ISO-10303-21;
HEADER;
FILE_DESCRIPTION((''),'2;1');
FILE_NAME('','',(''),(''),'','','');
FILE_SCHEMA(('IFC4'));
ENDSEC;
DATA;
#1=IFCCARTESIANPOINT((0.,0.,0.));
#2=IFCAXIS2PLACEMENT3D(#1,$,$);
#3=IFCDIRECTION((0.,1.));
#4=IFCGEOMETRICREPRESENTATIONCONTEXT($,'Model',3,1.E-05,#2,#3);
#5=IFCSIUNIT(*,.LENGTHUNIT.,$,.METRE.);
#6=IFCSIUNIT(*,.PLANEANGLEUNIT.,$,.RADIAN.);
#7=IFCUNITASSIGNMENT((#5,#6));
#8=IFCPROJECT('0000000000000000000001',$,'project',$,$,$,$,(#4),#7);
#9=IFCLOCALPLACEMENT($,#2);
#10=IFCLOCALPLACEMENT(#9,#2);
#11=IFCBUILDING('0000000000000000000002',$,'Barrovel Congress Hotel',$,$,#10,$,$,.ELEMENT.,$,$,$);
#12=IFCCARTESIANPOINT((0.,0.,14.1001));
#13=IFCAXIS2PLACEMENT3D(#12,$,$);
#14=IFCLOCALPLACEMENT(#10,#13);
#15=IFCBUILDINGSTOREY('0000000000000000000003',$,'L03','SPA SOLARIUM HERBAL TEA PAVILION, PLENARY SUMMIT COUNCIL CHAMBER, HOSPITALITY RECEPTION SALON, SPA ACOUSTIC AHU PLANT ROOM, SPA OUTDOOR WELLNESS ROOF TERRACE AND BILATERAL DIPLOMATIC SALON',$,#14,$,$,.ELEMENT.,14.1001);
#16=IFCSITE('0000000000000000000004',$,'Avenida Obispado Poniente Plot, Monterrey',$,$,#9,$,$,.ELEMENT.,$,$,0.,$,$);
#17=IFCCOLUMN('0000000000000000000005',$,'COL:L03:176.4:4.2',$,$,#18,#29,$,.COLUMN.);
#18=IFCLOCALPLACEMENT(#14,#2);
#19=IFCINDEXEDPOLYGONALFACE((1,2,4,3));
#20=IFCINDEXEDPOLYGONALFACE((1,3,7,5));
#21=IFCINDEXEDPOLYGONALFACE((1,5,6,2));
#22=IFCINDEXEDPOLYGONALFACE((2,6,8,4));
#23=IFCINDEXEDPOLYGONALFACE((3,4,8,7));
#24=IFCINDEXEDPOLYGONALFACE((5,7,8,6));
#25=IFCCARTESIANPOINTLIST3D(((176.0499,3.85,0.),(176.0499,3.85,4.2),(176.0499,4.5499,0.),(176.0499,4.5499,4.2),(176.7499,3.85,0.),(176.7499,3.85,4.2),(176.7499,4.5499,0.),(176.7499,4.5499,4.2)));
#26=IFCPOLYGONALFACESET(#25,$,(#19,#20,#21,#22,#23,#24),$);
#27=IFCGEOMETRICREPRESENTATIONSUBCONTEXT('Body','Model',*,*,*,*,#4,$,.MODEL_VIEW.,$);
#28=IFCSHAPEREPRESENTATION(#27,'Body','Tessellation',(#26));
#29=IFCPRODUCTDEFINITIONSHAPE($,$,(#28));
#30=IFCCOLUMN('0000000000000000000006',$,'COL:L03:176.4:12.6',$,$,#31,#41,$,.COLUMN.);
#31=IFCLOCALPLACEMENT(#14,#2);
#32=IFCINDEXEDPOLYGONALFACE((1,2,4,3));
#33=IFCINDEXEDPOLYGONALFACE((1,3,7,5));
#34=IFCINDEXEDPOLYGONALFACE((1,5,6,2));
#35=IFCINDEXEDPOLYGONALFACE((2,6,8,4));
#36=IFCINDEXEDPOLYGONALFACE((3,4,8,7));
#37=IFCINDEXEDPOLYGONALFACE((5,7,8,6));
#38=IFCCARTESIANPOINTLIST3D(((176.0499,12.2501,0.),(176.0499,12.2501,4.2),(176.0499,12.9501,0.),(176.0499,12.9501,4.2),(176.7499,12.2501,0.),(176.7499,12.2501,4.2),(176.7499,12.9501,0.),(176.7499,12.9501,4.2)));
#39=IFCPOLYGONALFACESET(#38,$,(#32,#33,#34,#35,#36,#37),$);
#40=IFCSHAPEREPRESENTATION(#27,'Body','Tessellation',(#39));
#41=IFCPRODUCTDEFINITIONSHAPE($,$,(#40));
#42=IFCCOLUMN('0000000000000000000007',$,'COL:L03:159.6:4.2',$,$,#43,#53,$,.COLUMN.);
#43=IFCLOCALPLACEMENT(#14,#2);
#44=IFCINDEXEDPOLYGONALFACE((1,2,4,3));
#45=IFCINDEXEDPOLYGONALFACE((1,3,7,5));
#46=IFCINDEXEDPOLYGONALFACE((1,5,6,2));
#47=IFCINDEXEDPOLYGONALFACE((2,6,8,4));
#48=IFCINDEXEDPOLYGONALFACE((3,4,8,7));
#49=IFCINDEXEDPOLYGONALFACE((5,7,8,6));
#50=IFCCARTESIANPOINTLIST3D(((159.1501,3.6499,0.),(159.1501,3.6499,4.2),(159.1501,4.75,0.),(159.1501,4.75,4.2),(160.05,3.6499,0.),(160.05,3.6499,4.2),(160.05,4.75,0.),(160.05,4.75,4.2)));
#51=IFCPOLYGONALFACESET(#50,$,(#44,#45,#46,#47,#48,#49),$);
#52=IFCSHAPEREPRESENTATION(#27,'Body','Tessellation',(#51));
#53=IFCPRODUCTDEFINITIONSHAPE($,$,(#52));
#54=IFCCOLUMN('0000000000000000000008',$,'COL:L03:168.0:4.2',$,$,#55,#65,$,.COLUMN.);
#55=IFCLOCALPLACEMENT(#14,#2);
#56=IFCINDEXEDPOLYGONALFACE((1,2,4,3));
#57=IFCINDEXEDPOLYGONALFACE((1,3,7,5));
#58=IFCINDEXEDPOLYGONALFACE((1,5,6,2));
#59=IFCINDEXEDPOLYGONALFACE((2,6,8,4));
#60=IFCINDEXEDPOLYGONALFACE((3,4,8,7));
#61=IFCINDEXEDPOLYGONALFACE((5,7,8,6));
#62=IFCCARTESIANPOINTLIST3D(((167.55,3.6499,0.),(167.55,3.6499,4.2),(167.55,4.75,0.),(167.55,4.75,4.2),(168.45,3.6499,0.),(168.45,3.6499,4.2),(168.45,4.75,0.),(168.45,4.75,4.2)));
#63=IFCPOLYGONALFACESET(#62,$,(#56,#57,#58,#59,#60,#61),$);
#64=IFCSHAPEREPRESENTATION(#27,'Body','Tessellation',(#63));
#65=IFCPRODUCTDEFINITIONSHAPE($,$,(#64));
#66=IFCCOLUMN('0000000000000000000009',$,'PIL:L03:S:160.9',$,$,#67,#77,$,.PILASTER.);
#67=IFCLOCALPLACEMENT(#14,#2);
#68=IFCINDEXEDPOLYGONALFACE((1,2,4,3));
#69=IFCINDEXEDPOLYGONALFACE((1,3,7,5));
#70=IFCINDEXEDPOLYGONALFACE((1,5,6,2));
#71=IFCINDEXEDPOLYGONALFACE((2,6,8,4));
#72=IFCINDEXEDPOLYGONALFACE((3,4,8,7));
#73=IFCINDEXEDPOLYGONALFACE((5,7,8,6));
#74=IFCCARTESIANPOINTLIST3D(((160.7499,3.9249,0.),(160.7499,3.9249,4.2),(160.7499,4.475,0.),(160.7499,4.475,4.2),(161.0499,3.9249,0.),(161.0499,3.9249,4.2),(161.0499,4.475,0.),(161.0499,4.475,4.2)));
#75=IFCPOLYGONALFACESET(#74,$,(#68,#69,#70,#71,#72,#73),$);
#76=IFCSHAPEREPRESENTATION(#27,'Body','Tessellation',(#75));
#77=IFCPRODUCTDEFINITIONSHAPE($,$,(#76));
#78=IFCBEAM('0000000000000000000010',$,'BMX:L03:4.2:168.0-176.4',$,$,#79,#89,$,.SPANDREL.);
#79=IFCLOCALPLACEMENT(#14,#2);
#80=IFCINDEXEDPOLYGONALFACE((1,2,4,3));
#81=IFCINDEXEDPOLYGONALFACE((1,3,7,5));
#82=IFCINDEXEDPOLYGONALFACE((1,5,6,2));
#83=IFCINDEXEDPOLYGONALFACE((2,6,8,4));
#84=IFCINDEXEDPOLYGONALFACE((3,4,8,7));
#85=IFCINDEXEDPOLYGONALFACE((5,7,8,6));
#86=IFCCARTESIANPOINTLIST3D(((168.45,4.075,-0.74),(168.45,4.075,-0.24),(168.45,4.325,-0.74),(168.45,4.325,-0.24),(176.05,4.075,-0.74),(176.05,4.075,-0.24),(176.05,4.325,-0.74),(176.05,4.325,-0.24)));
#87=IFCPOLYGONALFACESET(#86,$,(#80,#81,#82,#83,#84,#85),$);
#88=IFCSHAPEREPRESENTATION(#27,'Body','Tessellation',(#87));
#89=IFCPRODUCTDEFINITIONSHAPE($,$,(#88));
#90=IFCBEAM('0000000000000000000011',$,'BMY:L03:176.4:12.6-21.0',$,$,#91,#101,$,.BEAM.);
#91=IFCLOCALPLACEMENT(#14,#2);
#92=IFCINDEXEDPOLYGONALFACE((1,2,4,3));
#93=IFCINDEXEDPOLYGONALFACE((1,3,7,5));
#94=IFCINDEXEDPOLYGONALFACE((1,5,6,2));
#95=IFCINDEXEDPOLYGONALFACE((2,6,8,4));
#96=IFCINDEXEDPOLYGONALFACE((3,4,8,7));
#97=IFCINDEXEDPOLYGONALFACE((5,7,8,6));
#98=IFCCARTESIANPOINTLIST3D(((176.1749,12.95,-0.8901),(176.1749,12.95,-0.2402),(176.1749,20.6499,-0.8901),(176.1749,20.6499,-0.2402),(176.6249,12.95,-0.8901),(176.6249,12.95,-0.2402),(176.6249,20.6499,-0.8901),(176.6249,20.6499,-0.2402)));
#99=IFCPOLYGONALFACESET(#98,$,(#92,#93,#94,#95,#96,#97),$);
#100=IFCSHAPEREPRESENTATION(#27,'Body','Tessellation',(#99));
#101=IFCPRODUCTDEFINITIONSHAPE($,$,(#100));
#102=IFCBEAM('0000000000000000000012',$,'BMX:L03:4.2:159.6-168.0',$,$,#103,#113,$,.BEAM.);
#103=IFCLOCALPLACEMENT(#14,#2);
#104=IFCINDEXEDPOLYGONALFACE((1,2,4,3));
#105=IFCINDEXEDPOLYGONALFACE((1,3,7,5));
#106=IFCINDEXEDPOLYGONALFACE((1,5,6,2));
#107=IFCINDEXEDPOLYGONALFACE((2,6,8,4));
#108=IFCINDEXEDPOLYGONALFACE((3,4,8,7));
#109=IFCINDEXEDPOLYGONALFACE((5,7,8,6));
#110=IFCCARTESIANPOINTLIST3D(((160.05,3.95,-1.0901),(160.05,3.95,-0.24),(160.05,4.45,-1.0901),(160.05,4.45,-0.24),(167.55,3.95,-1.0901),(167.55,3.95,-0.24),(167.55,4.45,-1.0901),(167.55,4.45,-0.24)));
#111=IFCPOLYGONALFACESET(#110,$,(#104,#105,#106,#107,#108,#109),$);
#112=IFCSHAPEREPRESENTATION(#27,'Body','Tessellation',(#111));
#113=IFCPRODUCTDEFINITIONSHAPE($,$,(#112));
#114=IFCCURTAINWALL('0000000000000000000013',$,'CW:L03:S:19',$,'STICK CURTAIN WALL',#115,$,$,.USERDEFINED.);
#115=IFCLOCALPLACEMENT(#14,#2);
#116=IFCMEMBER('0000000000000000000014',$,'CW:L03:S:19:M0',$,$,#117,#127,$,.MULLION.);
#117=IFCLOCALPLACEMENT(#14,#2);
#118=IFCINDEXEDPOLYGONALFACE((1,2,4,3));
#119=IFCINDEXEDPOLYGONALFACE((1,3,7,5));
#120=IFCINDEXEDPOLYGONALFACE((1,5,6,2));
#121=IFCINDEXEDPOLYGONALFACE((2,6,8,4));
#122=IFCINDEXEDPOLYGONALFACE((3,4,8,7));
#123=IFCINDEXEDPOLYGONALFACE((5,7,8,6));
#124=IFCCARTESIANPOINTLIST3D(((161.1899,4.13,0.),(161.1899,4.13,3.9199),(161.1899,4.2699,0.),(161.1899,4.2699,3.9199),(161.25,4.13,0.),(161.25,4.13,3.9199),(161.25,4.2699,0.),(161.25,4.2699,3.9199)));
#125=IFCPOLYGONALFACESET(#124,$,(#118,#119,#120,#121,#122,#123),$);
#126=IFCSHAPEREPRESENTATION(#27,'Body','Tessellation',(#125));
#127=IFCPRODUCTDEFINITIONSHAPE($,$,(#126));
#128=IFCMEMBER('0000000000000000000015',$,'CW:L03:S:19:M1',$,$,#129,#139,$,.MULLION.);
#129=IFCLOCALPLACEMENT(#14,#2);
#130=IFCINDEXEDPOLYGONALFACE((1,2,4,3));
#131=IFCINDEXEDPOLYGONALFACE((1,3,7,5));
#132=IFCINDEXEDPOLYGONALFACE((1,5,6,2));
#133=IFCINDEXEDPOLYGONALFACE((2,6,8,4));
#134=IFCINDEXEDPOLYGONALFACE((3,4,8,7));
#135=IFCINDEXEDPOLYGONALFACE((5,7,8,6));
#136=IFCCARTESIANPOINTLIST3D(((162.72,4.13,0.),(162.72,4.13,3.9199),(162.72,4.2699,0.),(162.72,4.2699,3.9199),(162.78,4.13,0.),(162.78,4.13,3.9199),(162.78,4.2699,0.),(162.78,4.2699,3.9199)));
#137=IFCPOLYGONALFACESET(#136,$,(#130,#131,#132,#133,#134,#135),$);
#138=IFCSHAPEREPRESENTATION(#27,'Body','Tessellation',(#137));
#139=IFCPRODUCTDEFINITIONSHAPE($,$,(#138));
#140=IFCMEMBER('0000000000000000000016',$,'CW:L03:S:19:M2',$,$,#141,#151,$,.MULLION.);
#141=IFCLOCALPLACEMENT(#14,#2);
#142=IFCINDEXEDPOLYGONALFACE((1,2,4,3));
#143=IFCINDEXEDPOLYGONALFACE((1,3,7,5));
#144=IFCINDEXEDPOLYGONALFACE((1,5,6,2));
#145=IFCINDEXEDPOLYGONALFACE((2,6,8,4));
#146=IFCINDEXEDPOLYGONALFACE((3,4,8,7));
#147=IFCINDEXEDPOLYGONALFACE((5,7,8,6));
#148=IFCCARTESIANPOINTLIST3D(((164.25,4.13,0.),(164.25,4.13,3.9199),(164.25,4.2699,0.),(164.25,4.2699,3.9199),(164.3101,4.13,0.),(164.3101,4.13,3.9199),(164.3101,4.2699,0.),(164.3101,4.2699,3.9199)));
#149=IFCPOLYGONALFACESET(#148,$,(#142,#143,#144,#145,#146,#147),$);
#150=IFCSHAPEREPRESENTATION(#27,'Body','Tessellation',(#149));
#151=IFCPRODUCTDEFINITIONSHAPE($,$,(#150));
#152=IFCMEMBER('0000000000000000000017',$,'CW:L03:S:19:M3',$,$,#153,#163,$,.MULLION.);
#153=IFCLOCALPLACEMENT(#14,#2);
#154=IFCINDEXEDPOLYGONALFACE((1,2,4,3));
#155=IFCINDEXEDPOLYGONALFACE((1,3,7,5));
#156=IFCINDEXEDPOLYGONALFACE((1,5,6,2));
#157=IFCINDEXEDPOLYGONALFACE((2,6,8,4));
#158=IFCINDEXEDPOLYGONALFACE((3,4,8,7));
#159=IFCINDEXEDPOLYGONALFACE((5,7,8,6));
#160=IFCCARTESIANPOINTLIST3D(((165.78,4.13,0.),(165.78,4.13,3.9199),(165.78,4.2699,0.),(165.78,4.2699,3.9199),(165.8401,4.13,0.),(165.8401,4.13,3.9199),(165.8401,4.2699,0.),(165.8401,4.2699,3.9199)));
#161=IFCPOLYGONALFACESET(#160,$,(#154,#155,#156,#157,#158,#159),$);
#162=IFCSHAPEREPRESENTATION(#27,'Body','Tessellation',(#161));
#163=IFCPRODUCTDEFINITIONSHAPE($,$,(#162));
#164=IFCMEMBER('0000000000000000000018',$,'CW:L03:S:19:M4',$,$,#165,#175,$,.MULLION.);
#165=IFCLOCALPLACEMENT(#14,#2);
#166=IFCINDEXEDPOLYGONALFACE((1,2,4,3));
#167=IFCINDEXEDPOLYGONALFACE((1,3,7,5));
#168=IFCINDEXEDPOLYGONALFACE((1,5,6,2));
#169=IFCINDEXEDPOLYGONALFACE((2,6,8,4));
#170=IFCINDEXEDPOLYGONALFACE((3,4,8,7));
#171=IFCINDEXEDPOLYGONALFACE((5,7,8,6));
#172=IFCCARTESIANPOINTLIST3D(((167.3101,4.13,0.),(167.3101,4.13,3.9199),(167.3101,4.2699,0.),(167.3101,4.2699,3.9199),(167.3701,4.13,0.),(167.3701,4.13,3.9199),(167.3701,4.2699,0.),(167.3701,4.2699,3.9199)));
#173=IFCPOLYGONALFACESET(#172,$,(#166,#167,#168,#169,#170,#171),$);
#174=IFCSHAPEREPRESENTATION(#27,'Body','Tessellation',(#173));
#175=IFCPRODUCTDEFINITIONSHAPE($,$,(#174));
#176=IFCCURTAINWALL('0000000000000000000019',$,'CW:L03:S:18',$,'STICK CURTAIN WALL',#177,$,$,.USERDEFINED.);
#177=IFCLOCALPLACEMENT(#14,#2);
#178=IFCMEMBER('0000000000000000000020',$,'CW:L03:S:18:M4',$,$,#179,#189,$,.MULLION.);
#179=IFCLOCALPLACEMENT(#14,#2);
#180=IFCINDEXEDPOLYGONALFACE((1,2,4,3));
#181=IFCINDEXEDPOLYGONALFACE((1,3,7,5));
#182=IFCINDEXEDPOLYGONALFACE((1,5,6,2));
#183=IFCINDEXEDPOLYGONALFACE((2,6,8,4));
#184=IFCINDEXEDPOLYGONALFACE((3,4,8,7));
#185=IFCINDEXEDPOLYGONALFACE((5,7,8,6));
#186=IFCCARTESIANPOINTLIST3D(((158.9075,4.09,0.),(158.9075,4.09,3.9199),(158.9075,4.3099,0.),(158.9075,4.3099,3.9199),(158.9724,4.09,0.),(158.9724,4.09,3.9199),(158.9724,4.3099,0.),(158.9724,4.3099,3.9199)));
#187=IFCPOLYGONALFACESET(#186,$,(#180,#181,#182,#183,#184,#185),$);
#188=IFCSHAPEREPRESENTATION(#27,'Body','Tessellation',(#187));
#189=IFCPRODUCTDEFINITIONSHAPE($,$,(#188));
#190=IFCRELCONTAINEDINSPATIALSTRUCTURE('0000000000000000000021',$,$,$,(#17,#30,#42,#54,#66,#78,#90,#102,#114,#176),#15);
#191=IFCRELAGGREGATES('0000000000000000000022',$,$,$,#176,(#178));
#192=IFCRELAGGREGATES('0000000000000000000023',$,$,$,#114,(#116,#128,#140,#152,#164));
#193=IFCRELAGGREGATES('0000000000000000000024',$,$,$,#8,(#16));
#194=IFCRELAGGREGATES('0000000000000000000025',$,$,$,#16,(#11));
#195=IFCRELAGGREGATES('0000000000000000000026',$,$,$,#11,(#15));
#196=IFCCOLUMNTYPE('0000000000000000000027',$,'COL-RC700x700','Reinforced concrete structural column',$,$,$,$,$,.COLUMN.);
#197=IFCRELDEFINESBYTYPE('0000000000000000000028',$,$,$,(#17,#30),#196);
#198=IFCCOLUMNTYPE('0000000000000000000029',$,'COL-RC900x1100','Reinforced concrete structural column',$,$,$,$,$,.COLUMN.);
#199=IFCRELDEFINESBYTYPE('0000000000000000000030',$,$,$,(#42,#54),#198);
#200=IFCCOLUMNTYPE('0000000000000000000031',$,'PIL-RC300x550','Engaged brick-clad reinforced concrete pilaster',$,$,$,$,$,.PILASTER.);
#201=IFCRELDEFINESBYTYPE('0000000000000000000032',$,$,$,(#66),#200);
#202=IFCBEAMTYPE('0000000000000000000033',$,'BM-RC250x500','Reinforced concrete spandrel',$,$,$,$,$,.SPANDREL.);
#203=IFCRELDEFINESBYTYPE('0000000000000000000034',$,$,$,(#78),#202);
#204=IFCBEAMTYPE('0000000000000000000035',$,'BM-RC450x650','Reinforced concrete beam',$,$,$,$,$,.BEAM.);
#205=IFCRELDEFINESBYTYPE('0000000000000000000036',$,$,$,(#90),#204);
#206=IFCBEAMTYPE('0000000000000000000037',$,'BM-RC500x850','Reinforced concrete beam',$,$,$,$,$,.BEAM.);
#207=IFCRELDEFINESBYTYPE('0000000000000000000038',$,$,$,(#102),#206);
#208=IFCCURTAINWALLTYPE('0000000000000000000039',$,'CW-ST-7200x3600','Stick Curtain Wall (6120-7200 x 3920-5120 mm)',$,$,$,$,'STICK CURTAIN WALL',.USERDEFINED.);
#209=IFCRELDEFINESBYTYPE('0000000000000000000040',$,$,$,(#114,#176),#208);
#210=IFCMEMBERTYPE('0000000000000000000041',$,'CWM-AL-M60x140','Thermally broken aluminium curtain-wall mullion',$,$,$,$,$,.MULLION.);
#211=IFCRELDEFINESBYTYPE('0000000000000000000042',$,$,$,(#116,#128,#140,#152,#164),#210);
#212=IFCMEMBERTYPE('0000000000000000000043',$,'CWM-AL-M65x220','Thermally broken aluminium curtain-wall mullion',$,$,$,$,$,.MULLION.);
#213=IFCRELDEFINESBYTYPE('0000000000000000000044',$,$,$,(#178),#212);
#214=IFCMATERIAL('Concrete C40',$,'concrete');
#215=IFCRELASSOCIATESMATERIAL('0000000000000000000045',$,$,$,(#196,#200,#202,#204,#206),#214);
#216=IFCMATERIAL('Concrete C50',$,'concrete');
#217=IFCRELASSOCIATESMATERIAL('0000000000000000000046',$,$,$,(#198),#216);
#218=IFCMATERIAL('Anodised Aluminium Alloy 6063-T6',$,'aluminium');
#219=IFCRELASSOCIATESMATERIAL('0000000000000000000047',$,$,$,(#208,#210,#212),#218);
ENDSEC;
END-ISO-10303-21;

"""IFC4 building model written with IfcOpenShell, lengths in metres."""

from ifc_helpers import new_model, si_unit, direction, frame, origin, origin_2d, place, context, subcontext, project, spatial, rectangle, extrude, material, material_profile, profile_set, type_object, element, aggregate, save


model = new_model("IFC4")

# Units and contexts
model_context = context("Model", 3, precision=1e-05, world=origin(), true_north=direction((0.0, 1.0)))
body_context = subcontext(model_context, "Body", "Model", "MODEL_VIEW")
ifc_project = project(units=[si_unit("LENGTHUNIT", "METRE"), si_unit("PLANEANGLEUNIT", "RADIAN")], contexts=[model_context])

# Site, building, storey
site_placement = place(None, origin())
site = spatial("IfcSite", under=ifc_project, at=site_placement, Name="Avenida Obispado Poniente Plot, Monterrey", CompositionType="ELEMENT", RefElevation=0.0)
building_placement = place(site_placement, origin())
building = spatial("IfcBuilding", under=site, at=building_placement, Name="Barrovel Congress Hotel", CompositionType="ELEMENT")
storey_placement = place(building_placement, frame((0.0, 0.0, 14.1001)))
storey = spatial("IfcBuildingStorey", under=building, at=storey_placement, Name="L03", Description="SPA SOLARIUM HERBAL TEA PAVILION, PLENARY SUMMIT COUNCIL CHAMBER, HOSPITALITY RECEPTION SALON, SPA ACOUSTIC AHU PLANT ROOM, SPA OUTDOOR WELLNESS ROOF TERRACE AND BILATERAL DIPLOMATIC SALON", CompositionType="ELEMENT", Elevation=14.1001)

# Columns
ifc_material_1 = material(Name="Concrete C40", Category="concrete")
ifc_material_profile_1 = material_profile(ifc_material_1, rectangle(XDim=0.7, YDim=0.7, at=origin_2d()), Name="RC700x700")
ifc_profile_set_1 = profile_set([ifc_material_profile_1], Name="Concrete C40")
column_type_1 = type_object("IfcColumnType", Name="COL-RC700x700", Description="Reinforced concrete structural column", PredefinedType="COLUMN", material=ifc_profile_set_1)
for number, where, z_axis, x_axis, name in (
    (1, (176.3999, 4.2, 0.0), (0.0, 0.0, 1.0), (1.0, 0.0, 0.0), "COL:L03:176.4:4.2"),
    (2, (176.3999, 12.6001, 0.0), (0.0, 0.0, 1.0), (1.0, 0.0, 0.0), "COL:L03:176.4:12.6"),
):
    element("IfcColumn", number, at=place(storey_placement, frame(where, z_axis=z_axis, x_axis=x_axis)), inside=storey, type_object=column_type_1, Name=name, PredefinedType="COLUMN", context=body_context, shape_type="SweptSolid", body=[
        extrude(rectangle(XDim=0.7, YDim=0.7, at=origin_2d()), origin(), (0.0, 0.0, 1.0), 4.2),
    ])
ifc_material_2 = material(Name="Concrete C50", Category="concrete")
ifc_material_profile_2 = material_profile(ifc_material_2, rectangle(XDim=0.8999, YDim=1.1001, at=origin_2d()), Name="RC900x1100")
ifc_profile_set_2 = profile_set([ifc_material_profile_2], Name="Concrete C50")
column_type_2 = type_object("IfcColumnType", Name="COL-RC900x1100", Description="Reinforced concrete structural column", PredefinedType="COLUMN", material=ifc_profile_set_2)
for number, where, z_axis, x_axis, name in (
    (3, (159.6001, 4.2, 0.0), (0.0, 0.0, 1.0), (1.0, 0.0, 0.0), "COL:L03:159.6:4.2"),
    (4, (168.0, 4.2, 0.0), (0.0, 0.0, 1.0), (1.0, 0.0, 0.0), "COL:L03:168.0:4.2"),
):
    element("IfcColumn", number, at=place(storey_placement, frame(where, z_axis=z_axis, x_axis=x_axis)), inside=storey, type_object=column_type_2, Name=name, PredefinedType="COLUMN", context=body_context, shape_type="SweptSolid", body=[
        extrude(rectangle(XDim=0.8999, YDim=1.1001, at=origin_2d()), origin(), (0.0, 0.0, 1.0), 4.2),
    ])
ifc_material_profile_3 = material_profile(ifc_material_1, rectangle(XDim=0.3, YDim=0.55, at=origin_2d()), Name="RC300x550")
ifc_profile_set_3 = profile_set([ifc_material_profile_3], Name="Concrete C40")
column_type_3 = type_object("IfcColumnType", Name="PIL-RC300x550", Description="Engaged brick-clad reinforced concrete pilaster", PredefinedType="PILASTER", material=ifc_profile_set_3)
column_placement = place(storey_placement, frame((160.8999, 4.2, 0.0), z_axis=(0.0, 0.0, 1.0), x_axis=(1.0, 0.0, 0.0)))
element("IfcColumn", 5, at=column_placement, inside=storey, type_object=column_type_3, Name="PIL:L03:S:160.9", PredefinedType="PILASTER", context=body_context, shape_type="SweptSolid", body=[
    extrude(rectangle(XDim=0.3, YDim=0.55, at=origin_2d()), origin(), (0.0, 0.0, 1.0), 4.2),
])

# Beams
ifc_material_profile_4 = material_profile(ifc_material_1, rectangle(XDim=0.25, YDim=0.5, at=origin_2d()), Name="RC250x500")
ifc_profile_set_4 = profile_set([ifc_material_profile_4], Name="Concrete C40")
beam_type_1 = type_object("IfcBeamType", Name="BM-RC250x500", Description="Reinforced concrete spandrel", PredefinedType="SPANDREL", material=ifc_profile_set_4)
beam_1_placement = place(storey_placement, frame((168.45, 4.2, -0.49), z_axis=(1.0, 0.0, 0.0), x_axis=(0.0, 1.0, 0.0)))
element("IfcBeam", 6, at=beam_1_placement, inside=storey, type_object=beam_type_1, Name="BMX:L03:4.2:168.0-176.4", PredefinedType="SPANDREL", context=body_context, shape_type="SweptSolid", body=[
    extrude(rectangle(XDim=0.25, YDim=0.5, at=origin_2d()), origin(), (0.0, 0.0, 1.0), 7.6001),
])
ifc_material_profile_5 = material_profile(ifc_material_1, rectangle(XDim=0.45, YDim=0.6499, at=origin_2d()), Name="RC450x650")
ifc_profile_set_5 = profile_set([ifc_material_profile_5], Name="Concrete C40")
beam_type_2 = type_object("IfcBeamType", Name="BM-RC450x650", Description="Reinforced concrete beam", PredefinedType="BEAM", material=ifc_profile_set_5)
beam_2_placement = place(storey_placement, frame((176.3999, 12.95, -0.5652), z_axis=(0.0, 1.0, 0.0), x_axis=(-1.0, 0.0, 0.0)))
element("IfcBeam", 7, at=beam_2_placement, inside=storey, type_object=beam_type_2, Name="BMY:L03:176.4:12.6-21.0", PredefinedType="BEAM", context=body_context, shape_type="SweptSolid", body=[
    extrude(rectangle(XDim=0.45, YDim=0.6499, at=origin_2d()), origin(), (0.0, 0.0, 1.0), 7.7),
])
ifc_material_profile_6 = material_profile(ifc_material_1, rectangle(XDim=0.5, YDim=0.8501, at=origin_2d()), Name="RC500x850")
ifc_profile_set_6 = profile_set([ifc_material_profile_6], Name="Concrete C40")
beam_type_3 = type_object("IfcBeamType", Name="BM-RC500x850", Description="Reinforced concrete beam", PredefinedType="BEAM", material=ifc_profile_set_6)
beam_3_placement = place(storey_placement, frame((160.05, 4.2, -0.665), z_axis=(1.0, 0.0, 0.0), x_axis=(0.0, 1.0, 0.0)))
element("IfcBeam", 8, at=beam_3_placement, inside=storey, type_object=beam_type_3, Name="BMX:L03:4.2:159.6-168.0", PredefinedType="BEAM", context=body_context, shape_type="SweptSolid", body=[
    extrude(rectangle(XDim=0.5, YDim=0.8501, at=origin_2d()), origin(), (0.0, 0.0, 1.0), 7.5),
])

# Curtain wall, members
ifc_material_3 = material(Name="Anodised Aluminium Alloy 6063-T6", Category="aluminium")
curtain_wall_type = type_object("IfcCurtainWallType", Name="CW-ST-7200x3600", Description="Stick Curtain Wall (6120-7200 x 3920-5120 mm)", ElementType="STICK CURTAIN WALL", PredefinedType="USERDEFINED", material=ifc_material_3)
curtain_wall_1_placement = place(storey_placement, origin())
curtain_wall_1 = element("IfcCurtainWall", 9, at=curtain_wall_1_placement, inside=storey, type_object=curtain_wall_type, Name="CW:L03:S:19", ObjectType="STICK CURTAIN WALL", PredefinedType="USERDEFINED")
ifc_material_profile_7 = material_profile(ifc_material_3, rectangle(XDim=0.0601, YDim=0.1399, at=origin_2d()), Name="AL-M60x140")
ifc_profile_set_7 = profile_set([ifc_material_profile_7], Name="Anodised Aluminium Alloy 6063-T6")
member_type_1 = type_object("IfcMemberType", Name="CWM-AL-M60x140", Description="Thermally broken aluminium curtain-wall mullion", PredefinedType="MULLION", material=ifc_profile_set_7)
member_1_placement = place(storey_placement, frame((161.22, 4.2, 0.0), z_axis=(0.0, 0.0, 1.0), x_axis=(1.0, 0.0, 0.0)))
member_1 = element("IfcMember", 10, at=member_1_placement, type_object=member_type_1, Name="CW:L03:S:19:M0", PredefinedType="MULLION", context=body_context, shape_type="SweptSolid", body=[
    extrude(rectangle(XDim=0.0601, YDim=0.1399, at=origin_2d()), origin(), (0.0, 0.0, 1.0), 3.9199),
])
member_2_placement = place(storey_placement, frame((162.75, 4.2, 0.0), z_axis=(0.0, 0.0, 1.0), x_axis=(1.0, 0.0, 0.0)))
member_2 = element("IfcMember", 11, at=member_2_placement, type_object=member_type_1, Name="CW:L03:S:19:M1", PredefinedType="MULLION", context=body_context, shape_type="SweptSolid", body=[
    extrude(rectangle(XDim=0.0601, YDim=0.1399, at=origin_2d()), origin(), (0.0, 0.0, 1.0), 3.9199),
])
member_3_placement = place(storey_placement, frame((164.28, 4.2, 0.0), z_axis=(0.0, 0.0, 1.0), x_axis=(1.0, 0.0, 0.0)))
member_3 = element("IfcMember", 12, at=member_3_placement, type_object=member_type_1, Name="CW:L03:S:19:M2", PredefinedType="MULLION", context=body_context, shape_type="SweptSolid", body=[
    extrude(rectangle(XDim=0.0601, YDim=0.1399, at=origin_2d()), origin(), (0.0, 0.0, 1.0), 3.9199),
])
member_4_placement = place(storey_placement, frame((165.8101, 4.2, 0.0), z_axis=(0.0, 0.0, 1.0), x_axis=(1.0, 0.0, 0.0)))
member_4 = element("IfcMember", 13, at=member_4_placement, type_object=member_type_1, Name="CW:L03:S:19:M3", PredefinedType="MULLION", context=body_context, shape_type="SweptSolid", body=[
    extrude(rectangle(XDim=0.0601, YDim=0.1399, at=origin_2d()), origin(), (0.0, 0.0, 1.0), 3.9199),
])
member_5_placement = place(storey_placement, frame((167.3401, 4.2, 0.0), z_axis=(0.0, 0.0, 1.0), x_axis=(1.0, 0.0, 0.0)))
member_5 = element("IfcMember", 14, at=member_5_placement, type_object=member_type_1, Name="CW:L03:S:19:M4", PredefinedType="MULLION", context=body_context, shape_type="SweptSolid", body=[
    extrude(rectangle(XDim=0.0601, YDim=0.1399, at=origin_2d()), origin(), (0.0, 0.0, 1.0), 3.9199),
])

# Curtain wall, member
curtain_wall_2_placement = place(storey_placement, origin())
curtain_wall_2 = element("IfcCurtainWall", 15, at=curtain_wall_2_placement, inside=storey, type_object=curtain_wall_type, Name="CW:L03:S:18", ObjectType="STICK CURTAIN WALL", PredefinedType="USERDEFINED")
ifc_material_profile_8 = material_profile(ifc_material_3, rectangle(XDim=0.0649, YDim=0.22, at=origin_2d()), Name="AL-M65x220")
ifc_profile_set_8 = profile_set([ifc_material_profile_8], Name="Anodised Aluminium Alloy 6063-T6")
member_type_2 = type_object("IfcMemberType", Name="CWM-AL-M65x220", Description="Thermally broken aluminium curtain-wall mullion", PredefinedType="MULLION", material=ifc_profile_set_8)
member_6_placement = place(storey_placement, frame((158.9399, 4.2, 0.0), z_axis=(0.0, 0.0, 1.0), x_axis=(1.0, 0.0, 0.0)))
member_6 = element("IfcMember", 16, at=member_6_placement, type_object=member_type_2, Name="CW:L03:S:18:M4", PredefinedType="MULLION", context=body_context, shape_type="SweptSolid", body=[
    extrude(rectangle(XDim=0.0649, YDim=0.22, at=origin_2d()), origin(), (0.0, 0.0, 1.0), 3.9199),
])
aggregate(curtain_wall_2, [member_6])

aggregate(curtain_wall_1, [member_1, member_2, member_3, member_4, member_5])

save(model, "model.ifc")
